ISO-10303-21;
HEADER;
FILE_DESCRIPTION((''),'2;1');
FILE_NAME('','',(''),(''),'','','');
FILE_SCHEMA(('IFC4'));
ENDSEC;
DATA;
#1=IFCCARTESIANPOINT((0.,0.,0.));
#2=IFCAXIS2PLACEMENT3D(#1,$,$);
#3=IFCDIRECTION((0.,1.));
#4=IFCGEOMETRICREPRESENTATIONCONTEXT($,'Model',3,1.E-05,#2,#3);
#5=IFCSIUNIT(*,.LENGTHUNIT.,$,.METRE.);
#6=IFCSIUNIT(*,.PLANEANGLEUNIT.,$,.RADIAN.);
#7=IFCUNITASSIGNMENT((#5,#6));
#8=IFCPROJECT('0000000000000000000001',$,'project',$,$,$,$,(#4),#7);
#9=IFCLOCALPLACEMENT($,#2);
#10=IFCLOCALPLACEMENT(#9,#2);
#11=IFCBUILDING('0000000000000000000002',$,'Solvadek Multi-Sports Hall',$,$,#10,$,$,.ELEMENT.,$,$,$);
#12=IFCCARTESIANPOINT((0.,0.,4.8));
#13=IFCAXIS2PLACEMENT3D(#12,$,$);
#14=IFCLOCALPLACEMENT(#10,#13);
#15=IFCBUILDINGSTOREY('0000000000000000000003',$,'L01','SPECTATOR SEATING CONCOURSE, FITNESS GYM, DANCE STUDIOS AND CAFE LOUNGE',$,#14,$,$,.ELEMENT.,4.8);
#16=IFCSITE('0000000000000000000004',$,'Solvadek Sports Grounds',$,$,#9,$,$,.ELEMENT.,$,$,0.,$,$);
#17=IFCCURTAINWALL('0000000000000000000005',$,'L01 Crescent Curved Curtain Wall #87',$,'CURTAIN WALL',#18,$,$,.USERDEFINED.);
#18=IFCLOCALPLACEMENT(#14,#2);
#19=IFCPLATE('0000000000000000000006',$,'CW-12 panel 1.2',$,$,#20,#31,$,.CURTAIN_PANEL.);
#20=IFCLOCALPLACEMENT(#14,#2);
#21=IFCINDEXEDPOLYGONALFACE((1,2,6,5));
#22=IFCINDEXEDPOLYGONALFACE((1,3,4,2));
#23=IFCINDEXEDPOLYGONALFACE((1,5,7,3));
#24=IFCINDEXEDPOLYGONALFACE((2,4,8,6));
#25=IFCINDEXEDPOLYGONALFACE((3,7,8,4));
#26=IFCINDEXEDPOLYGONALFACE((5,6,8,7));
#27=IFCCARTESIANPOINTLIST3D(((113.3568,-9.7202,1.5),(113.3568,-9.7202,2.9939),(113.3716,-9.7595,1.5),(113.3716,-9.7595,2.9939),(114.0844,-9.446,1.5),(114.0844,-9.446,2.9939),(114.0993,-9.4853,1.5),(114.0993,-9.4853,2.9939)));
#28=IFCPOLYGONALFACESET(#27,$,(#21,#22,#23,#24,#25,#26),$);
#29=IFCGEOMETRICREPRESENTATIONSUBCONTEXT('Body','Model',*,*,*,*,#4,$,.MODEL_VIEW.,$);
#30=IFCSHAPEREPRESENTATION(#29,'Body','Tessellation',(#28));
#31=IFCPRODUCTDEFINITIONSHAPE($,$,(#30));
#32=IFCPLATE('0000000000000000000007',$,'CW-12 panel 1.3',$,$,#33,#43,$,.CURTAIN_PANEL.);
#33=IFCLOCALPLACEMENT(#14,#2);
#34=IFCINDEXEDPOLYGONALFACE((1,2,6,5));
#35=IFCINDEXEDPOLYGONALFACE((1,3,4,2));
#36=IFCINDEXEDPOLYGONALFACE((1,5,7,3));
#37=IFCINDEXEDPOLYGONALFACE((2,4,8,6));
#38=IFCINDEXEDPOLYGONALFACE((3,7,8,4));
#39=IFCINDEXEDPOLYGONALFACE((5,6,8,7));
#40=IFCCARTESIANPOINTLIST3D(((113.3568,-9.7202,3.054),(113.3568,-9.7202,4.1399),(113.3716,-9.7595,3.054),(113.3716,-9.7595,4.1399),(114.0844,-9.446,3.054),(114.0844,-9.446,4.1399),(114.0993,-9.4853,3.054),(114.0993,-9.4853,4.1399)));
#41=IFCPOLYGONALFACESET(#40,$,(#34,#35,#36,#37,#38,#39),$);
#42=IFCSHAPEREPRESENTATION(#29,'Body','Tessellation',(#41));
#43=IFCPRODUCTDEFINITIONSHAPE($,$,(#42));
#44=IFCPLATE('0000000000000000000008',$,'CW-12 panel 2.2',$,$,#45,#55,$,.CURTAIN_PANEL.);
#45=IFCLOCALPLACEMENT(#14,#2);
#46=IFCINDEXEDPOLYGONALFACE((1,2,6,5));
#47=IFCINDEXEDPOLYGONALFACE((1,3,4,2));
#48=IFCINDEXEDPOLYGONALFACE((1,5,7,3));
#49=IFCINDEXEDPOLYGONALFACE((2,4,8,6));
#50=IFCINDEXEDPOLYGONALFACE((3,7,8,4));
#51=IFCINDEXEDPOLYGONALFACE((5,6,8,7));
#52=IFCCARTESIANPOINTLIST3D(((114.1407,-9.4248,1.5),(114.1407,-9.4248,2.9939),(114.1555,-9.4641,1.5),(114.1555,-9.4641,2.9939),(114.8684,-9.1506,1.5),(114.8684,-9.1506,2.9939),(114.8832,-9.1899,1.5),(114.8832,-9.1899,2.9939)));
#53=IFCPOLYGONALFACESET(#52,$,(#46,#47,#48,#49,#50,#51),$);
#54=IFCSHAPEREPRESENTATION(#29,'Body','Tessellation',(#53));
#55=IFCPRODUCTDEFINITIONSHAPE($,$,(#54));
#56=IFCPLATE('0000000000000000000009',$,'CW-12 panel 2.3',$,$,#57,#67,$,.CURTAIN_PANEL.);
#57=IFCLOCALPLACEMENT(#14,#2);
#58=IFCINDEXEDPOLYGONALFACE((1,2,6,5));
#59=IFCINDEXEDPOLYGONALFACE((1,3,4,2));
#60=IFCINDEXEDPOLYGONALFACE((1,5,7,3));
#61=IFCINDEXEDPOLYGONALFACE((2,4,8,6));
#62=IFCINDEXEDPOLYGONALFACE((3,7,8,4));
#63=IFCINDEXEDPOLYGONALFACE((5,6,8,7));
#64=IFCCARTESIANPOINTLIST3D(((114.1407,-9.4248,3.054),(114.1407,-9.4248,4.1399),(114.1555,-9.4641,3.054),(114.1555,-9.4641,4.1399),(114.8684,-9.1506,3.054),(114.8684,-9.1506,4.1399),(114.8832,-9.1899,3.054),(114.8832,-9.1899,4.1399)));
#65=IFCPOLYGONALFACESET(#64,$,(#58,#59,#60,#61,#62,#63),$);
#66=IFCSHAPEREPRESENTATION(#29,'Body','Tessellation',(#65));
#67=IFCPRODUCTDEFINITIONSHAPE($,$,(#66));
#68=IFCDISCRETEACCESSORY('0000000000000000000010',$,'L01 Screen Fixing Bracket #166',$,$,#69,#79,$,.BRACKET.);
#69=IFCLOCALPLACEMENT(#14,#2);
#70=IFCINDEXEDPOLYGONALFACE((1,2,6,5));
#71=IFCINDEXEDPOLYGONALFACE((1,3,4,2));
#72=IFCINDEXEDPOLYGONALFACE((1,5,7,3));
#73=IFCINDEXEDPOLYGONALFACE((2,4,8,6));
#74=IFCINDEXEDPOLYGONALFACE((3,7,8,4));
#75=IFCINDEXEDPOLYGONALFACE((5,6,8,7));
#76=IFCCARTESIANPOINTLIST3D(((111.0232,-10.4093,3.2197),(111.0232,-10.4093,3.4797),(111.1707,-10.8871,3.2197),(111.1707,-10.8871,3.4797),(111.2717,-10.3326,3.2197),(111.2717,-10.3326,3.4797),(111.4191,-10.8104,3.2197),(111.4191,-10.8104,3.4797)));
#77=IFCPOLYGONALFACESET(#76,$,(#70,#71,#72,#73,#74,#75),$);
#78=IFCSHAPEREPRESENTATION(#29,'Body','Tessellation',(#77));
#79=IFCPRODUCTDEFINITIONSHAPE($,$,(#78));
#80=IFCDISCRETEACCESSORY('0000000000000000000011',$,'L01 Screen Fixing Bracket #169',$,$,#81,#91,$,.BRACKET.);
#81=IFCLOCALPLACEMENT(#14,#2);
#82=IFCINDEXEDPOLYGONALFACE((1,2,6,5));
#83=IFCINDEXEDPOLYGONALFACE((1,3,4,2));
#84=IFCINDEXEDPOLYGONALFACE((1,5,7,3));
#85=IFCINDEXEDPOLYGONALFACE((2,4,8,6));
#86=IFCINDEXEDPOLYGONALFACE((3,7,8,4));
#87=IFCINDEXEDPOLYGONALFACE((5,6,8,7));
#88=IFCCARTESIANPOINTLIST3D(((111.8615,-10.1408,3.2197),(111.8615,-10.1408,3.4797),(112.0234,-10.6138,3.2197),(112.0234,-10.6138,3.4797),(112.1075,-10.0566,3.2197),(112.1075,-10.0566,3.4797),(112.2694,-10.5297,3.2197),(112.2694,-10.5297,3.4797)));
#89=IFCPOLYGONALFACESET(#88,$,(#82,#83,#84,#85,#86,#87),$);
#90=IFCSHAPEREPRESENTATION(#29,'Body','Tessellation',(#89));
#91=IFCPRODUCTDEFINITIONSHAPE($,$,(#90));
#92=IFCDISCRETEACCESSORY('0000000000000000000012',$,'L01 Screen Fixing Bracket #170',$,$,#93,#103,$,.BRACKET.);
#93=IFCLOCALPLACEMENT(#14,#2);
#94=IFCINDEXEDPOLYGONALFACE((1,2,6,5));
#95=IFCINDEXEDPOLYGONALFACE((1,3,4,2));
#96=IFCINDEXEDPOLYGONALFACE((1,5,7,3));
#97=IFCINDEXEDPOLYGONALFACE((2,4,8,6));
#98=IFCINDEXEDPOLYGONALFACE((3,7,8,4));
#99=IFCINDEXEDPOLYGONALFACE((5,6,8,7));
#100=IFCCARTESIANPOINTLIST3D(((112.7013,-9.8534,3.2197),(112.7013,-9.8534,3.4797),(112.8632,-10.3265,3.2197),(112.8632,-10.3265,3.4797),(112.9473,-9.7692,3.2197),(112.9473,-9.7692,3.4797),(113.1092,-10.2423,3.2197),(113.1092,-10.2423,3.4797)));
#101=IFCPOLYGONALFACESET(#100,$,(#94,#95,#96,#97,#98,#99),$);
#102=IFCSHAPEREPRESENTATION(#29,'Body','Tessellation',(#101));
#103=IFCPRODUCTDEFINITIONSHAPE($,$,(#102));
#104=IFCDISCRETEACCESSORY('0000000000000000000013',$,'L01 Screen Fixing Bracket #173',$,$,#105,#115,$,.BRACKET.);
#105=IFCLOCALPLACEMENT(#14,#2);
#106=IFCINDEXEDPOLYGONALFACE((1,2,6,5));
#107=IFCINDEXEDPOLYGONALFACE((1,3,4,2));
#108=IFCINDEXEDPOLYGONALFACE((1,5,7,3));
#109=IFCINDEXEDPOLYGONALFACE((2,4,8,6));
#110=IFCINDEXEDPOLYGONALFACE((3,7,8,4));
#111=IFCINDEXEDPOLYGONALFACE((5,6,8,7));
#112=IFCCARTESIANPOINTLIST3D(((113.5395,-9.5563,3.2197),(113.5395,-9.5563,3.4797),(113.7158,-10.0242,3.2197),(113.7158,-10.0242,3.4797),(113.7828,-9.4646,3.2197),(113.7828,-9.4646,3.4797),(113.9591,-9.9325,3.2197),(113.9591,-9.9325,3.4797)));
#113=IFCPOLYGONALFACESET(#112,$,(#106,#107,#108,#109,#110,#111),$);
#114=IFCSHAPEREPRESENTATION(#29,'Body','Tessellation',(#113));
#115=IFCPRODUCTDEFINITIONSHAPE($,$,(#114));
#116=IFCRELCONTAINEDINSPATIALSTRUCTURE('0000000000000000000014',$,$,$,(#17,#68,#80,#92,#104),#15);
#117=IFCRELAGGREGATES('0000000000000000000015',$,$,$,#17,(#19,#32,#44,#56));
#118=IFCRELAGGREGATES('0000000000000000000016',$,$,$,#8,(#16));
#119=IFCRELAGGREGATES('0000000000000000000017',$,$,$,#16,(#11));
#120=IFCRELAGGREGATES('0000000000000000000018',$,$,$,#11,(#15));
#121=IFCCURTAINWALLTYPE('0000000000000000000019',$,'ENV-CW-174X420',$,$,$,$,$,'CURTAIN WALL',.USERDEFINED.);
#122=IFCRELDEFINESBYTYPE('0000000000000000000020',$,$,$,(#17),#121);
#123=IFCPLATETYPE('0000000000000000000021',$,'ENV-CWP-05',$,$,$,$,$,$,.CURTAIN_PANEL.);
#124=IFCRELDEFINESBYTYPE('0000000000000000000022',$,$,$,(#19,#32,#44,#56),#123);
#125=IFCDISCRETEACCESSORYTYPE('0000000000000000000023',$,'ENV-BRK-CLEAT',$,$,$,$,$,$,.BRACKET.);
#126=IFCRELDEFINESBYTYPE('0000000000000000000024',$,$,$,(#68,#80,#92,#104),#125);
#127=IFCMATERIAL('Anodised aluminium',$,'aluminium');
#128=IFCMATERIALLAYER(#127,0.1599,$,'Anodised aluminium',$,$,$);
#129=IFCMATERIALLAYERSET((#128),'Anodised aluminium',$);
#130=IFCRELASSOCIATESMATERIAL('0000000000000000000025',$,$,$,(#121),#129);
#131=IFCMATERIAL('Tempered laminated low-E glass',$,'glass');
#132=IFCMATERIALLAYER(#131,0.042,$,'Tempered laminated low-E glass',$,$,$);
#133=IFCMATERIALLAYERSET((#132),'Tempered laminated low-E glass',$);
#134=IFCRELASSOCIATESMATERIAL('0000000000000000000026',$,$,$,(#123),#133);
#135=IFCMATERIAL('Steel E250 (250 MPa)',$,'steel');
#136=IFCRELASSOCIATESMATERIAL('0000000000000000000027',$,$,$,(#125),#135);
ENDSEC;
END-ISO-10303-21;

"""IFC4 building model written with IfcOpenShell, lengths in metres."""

from ifc_helpers import new_model, si_unit, direction, frame, origin, origin_2d, place, context, subcontext, project, spatial, rectangle, extrude, material, layer, layer_set, type_object, element, aggregate, save


model = new_model("IFC4")

# Units and contexts
model_context = context("Model", 3, precision=1e-05, world=origin(), true_north=direction((0.0, 1.0)))
body_context = subcontext(model_context, "Body", "Model", "MODEL_VIEW")
ifc_project = project(units=[si_unit("LENGTHUNIT", "METRE"), si_unit("PLANEANGLEUNIT", "RADIAN")], contexts=[model_context])

# Site, building, storey
site_placement = place(None, origin())
site = spatial("IfcSite", under=ifc_project, at=site_placement, Name="Solvadek Sports Grounds", CompositionType="ELEMENT", RefElevation=0.0)
building_placement = place(site_placement, origin())
building = spatial("IfcBuilding", under=site, at=building_placement, Name="Solvadek Multi-Sports Hall", CompositionType="ELEMENT")
storey_placement = place(building_placement, frame((0.0, 0.0, 4.8)))
storey = spatial("IfcBuildingStorey", under=building, at=storey_placement, Name="L01", Description="SPECTATOR SEATING CONCOURSE, FITNESS GYM, DANCE STUDIOS AND CAFE LOUNGE", CompositionType="ELEMENT", Elevation=4.8)

# Curtain wall
ifc_material_1 = material(Name="Anodised aluminium", Category="aluminium")
ifc_layer_1 = layer(ifc_material_1, 0.1599, Name="Anodised aluminium")
ifc_layer_set_1 = layer_set([ifc_layer_1], Name="Anodised aluminium")
curtain_wall_type_1 = type_object("IfcCurtainWallType", Name="ENV-CW-174X420", ElementType="CURTAIN WALL", PredefinedType="USERDEFINED", material=ifc_layer_set_1)
curtain_wall_1_placement = place(storey_placement, origin())
curtain_wall_1 = element("IfcCurtainWall", 1, at=curtain_wall_1_placement, inside=storey, type_object=curtain_wall_type_1, Name="L01 Crescent Curved Curtain Wall #87", ObjectType="CURTAIN WALL", PredefinedType="USERDEFINED")

# Shared definitions
ifc_material_2 = material(Name="Steel E250 (250 MPa)", Category="steel")

# Plates
ifc_material_3 = material(Name="Tempered laminated low-E glass", Category="glass")
ifc_layer_2 = layer(ifc_material_3, 0.042, Name="Tempered laminated low-E glass")
ifc_layer_set_2 = layer_set([ifc_layer_2], Name="Tempered laminated low-E glass")
plate_type_1 = type_object("IfcPlateType", Name="ENV-CWP-05", PredefinedType="CURTAIN_PANEL", material=ifc_layer_set_2)
plate_1_placement = place(storey_placement, frame((113.728, -9.6028, 1.5), z_axis=(0.0, 0.0, 1.0), x_axis=(0.935764, 0.352626, 0.0)))
plate_1 = element("IfcPlate", 2, at=plate_1_placement, type_object=plate_type_1, Name="CW-12 panel 1.2", PredefinedType="CURTAIN_PANEL", context=body_context, shape_type="SweptSolid", body=[
    extrude(rectangle(XDim=0.7776, YDim=0.042, at=origin_2d()), origin(), (0.0, 0.0, 1.0), 1.4939),
])
plate_2_placement = place(storey_placement, frame((113.728, -9.6028, 3.054), z_axis=(0.0, 0.0, 1.0), x_axis=(0.935764, 0.352626, 0.0)))
plate_2 = element("IfcPlate", 3, at=plate_2_placement, type_object=plate_type_1, Name="CW-12 panel 1.3", PredefinedType="CURTAIN_PANEL", context=body_context, shape_type="SweptSolid", body=[
    extrude(rectangle(XDim=0.7776, YDim=0.042, at=origin_2d()), origin(), (0.0, 0.0, 1.0), 1.0859),
])
plate_3_placement = place(storey_placement, frame((114.512, -9.3074, 1.5), z_axis=(0.0, 0.0, 1.0), x_axis=(0.935764, 0.352626, 0.0)))
plate_3 = element("IfcPlate", 4, at=plate_3_placement, type_object=plate_type_1, Name="CW-12 panel 2.2", PredefinedType="CURTAIN_PANEL", context=body_context, shape_type="SweptSolid", body=[
    extrude(rectangle(XDim=0.7776, YDim=0.042, at=origin_2d()), origin(), (0.0, 0.0, 1.0), 1.4939),
])
plate_4_placement = place(storey_placement, frame((114.512, -9.3074, 3.054), z_axis=(0.0, 0.0, 1.0), x_axis=(0.935764, 0.352626, 0.0)))
plate_4 = element("IfcPlate", 5, at=plate_4_placement, type_object=plate_type_1, Name="CW-12 panel 2.3", PredefinedType="CURTAIN_PANEL", context=body_context, shape_type="SweptSolid", body=[
    extrude(rectangle(XDim=0.7776, YDim=0.042, at=origin_2d()), origin(), (0.0, 0.0, 1.0), 1.0859),
])
aggregate(curtain_wall_1, [plate_1, plate_2, plate_3, plate_4])

# Discrete accessories
discrete_accessory_type = type_object("IfcDiscreteAccessoryType", Name="ENV-BRK-CLEAT", PredefinedType="BRACKET", material=ifc_material_2)
for number, where, z_axis, x_axis, name in (
    (6, (111.2212, -10.6099, 3.2197), (0.0, 0.0, 1.0), (0.955527, 0.294905, 0.0), "L01 Screen Fixing Bracket #166"),
    (7, (112.0654, -10.3352, 3.2197), (0.0, 0.0, 1.0), (0.946153, 0.32372, 0.0), "L01 Screen Fixing Bracket #169"),
    (8, (112.9053, -10.0479, 3.2197), (0.0, 0.0, 1.0), (0.946153, 0.32372, 0.0), "L01 Screen Fixing Bracket #170"),
    (9, (113.7493, -9.7444, 3.2197), (0.0, 0.0, 1.0), (0.93576, 0.352637, 0.0), "L01 Screen Fixing Bracket #173"),
):
    element("IfcDiscreteAccessory", number, at=place(storey_placement, frame(where, z_axis=z_axis, x_axis=x_axis)), inside=storey, type_object=discrete_accessory_type, Name=name, PredefinedType="BRACKET", context=body_context, shape_type="SweptSolid", body=[
        extrude(rectangle(XDim=0.26, YDim=0.5, at=origin_2d()), origin(), (0.0, 0.0, 1.0), 0.26),
    ])

save(model, "model.ifc")
